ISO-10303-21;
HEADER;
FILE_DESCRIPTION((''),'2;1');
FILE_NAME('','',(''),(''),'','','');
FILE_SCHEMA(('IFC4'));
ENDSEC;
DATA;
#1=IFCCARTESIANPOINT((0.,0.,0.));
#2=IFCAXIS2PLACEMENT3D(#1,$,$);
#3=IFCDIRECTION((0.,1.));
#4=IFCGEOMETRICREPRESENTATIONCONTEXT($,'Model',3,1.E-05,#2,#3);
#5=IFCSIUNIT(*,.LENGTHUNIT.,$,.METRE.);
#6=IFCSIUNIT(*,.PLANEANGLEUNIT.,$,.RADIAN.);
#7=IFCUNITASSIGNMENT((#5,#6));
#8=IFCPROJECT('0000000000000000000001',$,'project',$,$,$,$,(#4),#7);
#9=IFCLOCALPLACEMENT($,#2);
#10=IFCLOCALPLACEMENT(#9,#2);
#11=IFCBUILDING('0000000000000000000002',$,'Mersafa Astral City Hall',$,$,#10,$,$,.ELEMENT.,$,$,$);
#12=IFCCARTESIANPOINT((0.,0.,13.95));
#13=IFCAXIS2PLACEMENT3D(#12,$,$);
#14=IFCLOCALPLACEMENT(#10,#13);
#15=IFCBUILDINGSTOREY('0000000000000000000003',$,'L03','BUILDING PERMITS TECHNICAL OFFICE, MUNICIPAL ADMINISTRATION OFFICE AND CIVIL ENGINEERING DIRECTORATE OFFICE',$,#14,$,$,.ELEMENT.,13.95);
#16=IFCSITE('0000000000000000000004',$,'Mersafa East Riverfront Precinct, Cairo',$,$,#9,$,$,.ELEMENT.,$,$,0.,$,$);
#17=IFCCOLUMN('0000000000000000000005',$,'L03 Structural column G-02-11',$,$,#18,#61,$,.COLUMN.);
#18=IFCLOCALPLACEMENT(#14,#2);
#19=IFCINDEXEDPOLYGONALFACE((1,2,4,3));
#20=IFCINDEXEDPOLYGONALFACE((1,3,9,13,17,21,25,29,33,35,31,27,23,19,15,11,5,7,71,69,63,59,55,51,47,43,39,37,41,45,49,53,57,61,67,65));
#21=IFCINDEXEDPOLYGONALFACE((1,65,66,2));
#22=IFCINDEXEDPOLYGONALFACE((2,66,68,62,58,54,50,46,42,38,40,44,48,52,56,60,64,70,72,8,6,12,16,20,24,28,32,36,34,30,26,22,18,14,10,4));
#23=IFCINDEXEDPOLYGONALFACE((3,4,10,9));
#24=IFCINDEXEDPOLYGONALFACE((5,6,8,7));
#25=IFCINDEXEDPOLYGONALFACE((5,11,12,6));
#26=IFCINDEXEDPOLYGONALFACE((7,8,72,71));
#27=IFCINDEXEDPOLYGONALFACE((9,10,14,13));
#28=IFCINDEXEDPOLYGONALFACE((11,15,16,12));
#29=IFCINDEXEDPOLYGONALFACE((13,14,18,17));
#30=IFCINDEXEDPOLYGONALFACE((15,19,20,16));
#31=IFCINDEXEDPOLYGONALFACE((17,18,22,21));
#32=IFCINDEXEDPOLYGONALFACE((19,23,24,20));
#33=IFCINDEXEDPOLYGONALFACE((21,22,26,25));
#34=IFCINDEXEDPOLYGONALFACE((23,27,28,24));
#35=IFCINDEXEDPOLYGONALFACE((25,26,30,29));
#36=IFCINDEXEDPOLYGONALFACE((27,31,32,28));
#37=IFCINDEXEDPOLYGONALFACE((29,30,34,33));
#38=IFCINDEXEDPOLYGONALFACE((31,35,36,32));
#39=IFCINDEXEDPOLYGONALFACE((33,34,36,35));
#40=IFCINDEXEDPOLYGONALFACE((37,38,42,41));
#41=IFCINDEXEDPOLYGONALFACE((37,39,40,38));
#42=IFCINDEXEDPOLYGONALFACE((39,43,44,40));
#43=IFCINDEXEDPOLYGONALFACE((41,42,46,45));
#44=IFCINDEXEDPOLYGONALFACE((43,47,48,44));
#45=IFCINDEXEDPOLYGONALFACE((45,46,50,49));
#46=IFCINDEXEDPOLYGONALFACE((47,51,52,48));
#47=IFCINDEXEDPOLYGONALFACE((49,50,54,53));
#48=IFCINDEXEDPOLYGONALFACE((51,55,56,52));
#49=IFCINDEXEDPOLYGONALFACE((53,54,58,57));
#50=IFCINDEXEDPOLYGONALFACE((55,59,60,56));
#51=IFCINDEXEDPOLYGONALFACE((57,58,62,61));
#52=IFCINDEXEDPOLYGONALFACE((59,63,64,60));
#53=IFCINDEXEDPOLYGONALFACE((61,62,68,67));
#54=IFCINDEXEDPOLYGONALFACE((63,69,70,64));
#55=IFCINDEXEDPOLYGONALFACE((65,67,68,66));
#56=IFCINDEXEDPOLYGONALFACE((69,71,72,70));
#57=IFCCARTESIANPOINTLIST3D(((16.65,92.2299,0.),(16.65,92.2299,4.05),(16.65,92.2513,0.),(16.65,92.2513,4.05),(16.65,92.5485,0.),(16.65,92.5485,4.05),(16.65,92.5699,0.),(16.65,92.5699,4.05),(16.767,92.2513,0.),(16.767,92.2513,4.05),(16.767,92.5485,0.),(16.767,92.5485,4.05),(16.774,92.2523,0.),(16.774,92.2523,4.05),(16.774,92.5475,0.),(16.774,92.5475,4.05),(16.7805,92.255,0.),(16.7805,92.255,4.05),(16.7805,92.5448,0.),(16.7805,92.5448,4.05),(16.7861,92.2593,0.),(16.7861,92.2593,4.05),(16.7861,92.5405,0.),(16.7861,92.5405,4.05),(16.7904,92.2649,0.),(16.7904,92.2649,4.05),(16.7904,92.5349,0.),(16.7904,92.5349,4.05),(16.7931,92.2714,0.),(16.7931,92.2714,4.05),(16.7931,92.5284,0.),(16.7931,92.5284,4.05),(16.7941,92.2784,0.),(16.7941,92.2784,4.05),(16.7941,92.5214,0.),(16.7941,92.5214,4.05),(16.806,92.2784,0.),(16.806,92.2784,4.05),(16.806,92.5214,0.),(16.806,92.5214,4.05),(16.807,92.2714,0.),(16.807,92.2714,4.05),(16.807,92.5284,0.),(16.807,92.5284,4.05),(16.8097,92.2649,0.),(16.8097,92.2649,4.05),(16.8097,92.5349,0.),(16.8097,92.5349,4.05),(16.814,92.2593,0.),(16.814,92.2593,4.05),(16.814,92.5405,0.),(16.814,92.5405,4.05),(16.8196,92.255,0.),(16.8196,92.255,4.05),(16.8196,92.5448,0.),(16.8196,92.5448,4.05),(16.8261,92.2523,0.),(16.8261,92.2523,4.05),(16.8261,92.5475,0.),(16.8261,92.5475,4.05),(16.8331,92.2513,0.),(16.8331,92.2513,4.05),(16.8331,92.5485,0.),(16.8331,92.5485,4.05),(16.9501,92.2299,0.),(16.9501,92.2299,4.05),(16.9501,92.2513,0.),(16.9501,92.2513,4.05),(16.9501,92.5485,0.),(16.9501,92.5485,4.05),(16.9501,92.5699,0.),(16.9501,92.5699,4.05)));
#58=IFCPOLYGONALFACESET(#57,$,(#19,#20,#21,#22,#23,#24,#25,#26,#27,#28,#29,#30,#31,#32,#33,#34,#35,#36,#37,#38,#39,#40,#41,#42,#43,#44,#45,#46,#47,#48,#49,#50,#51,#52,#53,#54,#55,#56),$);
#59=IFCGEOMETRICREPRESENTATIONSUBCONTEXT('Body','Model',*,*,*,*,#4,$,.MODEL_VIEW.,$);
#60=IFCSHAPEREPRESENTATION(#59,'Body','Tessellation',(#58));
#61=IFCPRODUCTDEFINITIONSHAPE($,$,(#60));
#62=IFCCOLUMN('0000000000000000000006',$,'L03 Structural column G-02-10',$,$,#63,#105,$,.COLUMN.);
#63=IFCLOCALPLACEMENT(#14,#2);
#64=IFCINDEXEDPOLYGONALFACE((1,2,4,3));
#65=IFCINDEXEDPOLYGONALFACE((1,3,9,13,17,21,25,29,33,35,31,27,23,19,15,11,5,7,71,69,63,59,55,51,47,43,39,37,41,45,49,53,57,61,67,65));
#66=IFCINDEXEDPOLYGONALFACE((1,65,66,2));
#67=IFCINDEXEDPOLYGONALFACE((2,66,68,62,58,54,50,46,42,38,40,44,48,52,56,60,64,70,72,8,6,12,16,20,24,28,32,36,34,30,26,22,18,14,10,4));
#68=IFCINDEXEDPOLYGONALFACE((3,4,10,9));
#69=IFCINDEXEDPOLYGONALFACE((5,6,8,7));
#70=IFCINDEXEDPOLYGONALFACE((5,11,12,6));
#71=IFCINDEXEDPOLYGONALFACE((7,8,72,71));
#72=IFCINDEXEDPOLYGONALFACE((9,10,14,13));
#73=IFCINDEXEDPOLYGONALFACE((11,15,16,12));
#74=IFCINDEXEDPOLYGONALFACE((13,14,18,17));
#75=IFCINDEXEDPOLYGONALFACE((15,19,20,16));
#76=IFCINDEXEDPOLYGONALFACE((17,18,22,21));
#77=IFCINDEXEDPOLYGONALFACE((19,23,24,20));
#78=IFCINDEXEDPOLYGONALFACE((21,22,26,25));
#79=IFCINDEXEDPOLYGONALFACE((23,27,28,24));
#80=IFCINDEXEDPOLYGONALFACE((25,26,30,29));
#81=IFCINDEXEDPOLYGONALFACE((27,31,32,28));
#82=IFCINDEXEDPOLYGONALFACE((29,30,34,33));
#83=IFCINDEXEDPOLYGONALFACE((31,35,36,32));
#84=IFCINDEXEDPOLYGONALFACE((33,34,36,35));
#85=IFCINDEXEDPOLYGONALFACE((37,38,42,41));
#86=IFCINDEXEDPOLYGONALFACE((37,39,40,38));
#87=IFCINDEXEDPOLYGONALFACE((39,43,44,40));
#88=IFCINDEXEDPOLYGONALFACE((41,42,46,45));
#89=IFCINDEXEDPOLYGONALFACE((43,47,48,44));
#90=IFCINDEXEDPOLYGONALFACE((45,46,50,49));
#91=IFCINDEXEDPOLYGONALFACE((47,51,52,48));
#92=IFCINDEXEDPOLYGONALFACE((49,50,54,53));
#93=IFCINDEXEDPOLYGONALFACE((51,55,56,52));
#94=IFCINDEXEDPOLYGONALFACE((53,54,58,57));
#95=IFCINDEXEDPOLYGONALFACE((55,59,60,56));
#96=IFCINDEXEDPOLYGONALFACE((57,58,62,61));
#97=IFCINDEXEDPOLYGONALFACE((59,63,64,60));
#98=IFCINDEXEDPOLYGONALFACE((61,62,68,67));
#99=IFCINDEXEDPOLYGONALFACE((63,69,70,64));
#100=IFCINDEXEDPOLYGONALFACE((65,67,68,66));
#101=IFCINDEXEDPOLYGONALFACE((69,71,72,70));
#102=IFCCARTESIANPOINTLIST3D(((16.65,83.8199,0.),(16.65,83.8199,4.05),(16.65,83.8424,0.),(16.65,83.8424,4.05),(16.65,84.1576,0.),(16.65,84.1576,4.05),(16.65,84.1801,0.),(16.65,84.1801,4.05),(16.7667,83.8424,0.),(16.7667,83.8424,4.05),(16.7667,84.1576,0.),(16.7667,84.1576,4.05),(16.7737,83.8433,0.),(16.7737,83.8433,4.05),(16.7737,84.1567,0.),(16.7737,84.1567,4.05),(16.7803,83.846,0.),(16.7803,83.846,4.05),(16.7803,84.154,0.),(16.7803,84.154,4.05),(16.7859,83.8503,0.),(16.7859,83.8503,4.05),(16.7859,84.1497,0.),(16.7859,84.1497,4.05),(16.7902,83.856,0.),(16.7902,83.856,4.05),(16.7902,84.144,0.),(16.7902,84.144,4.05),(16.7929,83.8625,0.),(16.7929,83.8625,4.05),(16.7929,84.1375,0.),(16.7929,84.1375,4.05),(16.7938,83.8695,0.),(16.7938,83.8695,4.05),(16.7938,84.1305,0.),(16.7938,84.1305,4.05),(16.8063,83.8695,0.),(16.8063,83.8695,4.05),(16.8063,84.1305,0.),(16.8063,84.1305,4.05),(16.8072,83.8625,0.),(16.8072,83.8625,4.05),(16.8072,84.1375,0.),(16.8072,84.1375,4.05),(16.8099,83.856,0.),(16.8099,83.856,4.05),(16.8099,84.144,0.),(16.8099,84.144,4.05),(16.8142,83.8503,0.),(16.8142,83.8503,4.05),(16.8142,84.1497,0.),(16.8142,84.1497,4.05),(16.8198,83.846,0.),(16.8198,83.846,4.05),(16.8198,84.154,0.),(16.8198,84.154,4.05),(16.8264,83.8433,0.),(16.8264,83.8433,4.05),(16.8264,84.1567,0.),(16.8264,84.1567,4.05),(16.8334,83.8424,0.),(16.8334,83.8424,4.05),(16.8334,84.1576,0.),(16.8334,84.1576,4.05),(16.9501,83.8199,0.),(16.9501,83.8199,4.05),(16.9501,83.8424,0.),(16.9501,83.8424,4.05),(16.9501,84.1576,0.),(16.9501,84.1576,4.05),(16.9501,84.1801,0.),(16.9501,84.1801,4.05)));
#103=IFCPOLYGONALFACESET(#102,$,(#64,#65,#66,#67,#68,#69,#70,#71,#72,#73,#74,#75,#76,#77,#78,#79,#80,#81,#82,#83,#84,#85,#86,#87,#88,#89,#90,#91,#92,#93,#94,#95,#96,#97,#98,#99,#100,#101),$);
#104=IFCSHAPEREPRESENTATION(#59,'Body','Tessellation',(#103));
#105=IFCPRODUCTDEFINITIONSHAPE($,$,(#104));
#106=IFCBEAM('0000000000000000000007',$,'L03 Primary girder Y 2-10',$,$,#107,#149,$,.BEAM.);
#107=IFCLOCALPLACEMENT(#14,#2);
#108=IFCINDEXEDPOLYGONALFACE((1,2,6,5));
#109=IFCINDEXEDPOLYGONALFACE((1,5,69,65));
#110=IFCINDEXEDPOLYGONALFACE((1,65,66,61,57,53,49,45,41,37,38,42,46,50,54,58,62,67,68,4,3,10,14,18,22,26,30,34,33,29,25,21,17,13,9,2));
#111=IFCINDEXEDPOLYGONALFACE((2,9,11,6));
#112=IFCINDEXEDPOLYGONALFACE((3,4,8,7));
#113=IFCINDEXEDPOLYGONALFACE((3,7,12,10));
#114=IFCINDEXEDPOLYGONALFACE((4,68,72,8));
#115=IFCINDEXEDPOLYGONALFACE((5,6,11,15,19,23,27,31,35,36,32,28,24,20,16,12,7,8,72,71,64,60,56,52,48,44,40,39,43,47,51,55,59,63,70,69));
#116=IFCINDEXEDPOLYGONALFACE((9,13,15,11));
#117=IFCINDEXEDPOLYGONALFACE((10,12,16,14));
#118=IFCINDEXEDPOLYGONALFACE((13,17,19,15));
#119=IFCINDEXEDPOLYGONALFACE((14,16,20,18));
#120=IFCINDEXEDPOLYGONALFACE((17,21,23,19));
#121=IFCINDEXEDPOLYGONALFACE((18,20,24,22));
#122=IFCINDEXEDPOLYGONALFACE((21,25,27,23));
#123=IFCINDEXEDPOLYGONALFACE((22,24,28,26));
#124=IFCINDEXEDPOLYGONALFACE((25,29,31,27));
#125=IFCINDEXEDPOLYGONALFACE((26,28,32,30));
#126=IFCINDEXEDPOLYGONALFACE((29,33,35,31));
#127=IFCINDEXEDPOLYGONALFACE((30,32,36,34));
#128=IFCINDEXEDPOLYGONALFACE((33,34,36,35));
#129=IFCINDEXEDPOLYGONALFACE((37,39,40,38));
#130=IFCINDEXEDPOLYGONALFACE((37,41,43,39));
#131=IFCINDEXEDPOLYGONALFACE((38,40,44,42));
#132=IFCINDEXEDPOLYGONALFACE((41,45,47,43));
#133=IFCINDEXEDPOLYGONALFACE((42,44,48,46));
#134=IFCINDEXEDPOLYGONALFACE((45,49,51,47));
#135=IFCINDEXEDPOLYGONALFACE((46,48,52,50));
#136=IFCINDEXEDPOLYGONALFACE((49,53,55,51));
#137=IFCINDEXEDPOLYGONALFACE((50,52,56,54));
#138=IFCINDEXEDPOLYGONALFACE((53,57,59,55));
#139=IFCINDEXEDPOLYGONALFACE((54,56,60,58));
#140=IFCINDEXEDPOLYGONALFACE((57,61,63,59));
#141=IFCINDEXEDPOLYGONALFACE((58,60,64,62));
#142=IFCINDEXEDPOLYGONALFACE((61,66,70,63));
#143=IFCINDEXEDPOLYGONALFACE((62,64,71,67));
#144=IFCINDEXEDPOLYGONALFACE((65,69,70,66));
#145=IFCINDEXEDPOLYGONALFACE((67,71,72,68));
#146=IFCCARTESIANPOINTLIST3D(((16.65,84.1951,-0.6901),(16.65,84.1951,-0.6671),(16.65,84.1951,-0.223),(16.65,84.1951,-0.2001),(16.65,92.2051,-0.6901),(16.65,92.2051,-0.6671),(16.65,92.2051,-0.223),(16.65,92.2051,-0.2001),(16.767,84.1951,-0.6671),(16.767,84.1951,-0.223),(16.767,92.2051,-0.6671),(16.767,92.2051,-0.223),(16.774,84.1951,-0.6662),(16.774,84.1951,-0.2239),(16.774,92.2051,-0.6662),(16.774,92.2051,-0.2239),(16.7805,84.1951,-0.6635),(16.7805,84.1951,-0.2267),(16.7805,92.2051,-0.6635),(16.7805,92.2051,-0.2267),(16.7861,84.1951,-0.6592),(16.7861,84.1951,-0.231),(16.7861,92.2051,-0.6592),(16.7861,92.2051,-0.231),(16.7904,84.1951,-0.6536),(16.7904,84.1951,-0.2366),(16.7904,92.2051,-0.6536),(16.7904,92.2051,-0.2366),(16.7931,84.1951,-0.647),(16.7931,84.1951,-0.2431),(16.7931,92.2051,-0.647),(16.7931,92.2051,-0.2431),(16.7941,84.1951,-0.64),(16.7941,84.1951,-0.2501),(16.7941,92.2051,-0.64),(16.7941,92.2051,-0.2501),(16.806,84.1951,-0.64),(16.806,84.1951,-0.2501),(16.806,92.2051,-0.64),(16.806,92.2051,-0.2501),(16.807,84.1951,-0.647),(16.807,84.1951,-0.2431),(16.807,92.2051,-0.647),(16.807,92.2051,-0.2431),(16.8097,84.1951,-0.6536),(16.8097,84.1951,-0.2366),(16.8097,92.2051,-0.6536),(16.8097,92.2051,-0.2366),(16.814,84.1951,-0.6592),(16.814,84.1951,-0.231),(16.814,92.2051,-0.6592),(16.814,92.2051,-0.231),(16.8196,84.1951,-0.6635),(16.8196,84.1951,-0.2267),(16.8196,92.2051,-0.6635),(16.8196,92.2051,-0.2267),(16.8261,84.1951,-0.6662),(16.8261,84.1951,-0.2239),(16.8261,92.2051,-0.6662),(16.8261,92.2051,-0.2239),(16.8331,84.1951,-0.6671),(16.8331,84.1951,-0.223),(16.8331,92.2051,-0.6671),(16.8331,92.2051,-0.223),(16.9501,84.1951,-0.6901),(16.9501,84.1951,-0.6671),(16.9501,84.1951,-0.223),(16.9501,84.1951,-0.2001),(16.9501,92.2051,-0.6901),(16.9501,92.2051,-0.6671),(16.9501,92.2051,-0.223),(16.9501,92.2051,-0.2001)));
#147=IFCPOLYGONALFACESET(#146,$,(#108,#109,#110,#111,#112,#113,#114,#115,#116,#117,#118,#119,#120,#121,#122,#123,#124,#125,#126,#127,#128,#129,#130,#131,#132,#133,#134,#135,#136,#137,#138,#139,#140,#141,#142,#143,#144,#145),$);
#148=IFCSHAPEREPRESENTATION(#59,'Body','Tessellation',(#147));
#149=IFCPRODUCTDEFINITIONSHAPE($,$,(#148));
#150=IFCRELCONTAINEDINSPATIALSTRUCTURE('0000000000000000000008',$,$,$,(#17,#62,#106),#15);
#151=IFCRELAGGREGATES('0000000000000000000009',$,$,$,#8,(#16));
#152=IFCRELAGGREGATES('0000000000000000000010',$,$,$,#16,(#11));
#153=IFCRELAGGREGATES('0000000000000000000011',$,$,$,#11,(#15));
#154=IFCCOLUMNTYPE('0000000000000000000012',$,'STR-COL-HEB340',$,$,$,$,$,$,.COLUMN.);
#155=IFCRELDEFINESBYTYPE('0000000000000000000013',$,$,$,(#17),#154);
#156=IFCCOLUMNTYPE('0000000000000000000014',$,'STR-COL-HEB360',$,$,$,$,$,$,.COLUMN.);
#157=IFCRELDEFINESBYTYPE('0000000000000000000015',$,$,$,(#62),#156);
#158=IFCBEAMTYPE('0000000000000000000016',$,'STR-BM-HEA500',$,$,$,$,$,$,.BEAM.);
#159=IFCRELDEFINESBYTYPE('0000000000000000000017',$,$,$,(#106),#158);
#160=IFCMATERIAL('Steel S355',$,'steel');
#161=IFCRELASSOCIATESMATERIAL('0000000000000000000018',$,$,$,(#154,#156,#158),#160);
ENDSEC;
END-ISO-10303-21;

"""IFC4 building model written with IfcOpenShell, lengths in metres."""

from ifc_helpers import new_model, si_unit, direction, frame, origin, origin_2d, place, context, subcontext, project, spatial, i_section, extrude, material, material_profile, profile_set, type_object, element, save


model = new_model("IFC4")

# Units and contexts
model_context = context("Model", 3, precision=1e-05, world=origin(), true_north=direction((0.0, 1.0)))
body_context = subcontext(model_context, "Body", "Model", "MODEL_VIEW")
ifc_project = project(units=[si_unit("LENGTHUNIT", "METRE"), si_unit("PLANEANGLEUNIT", "RADIAN")], contexts=[model_context])

# Site, building, storey
site_placement = place(None, origin())
site = spatial("IfcSite", under=ifc_project, at=site_placement, Name="Mersafa East Riverfront Precinct, Cairo", CompositionType="ELEMENT", RefElevation=0.0)
building_placement = place(site_placement, origin())
building = spatial("IfcBuilding", under=site, at=building_placement, Name="Mersafa Astral City Hall", CompositionType="ELEMENT")
storey_placement = place(building_placement, frame((0.0, 0.0, 13.95)))
storey = spatial("IfcBuildingStorey", under=building, at=storey_placement, Name="L03", Description="BUILDING PERMITS TECHNICAL OFFICE, MUNICIPAL ADMINISTRATION OFFICE AND CIVIL ENGINEERING DIRECTORATE OFFICE", CompositionType="ELEMENT", Elevation=13.95)

# Columns
ifc_material_1 = material(Name="Steel S355", Category="steel")
ifc_material_profile_1 = material_profile(ifc_material_1, i_section(OverallWidth=0.3, OverallDepth=0.3401, WebThickness=0.012, FlangeThickness=0.0215, FilletRadius=0.0271, at=origin_2d()), Name="HEB 340")
ifc_profile_set_1 = profile_set([ifc_material_profile_1], Name="Steel S355")
column_type_1 = type_object("IfcColumnType", Name="STR-COL-HEB340", PredefinedType="COLUMN", material=ifc_profile_set_1)
column_1_placement = place(storey_placement, frame((16.8, 92.3999, 0.0), z_axis=(0.0, 0.0, 1.0), x_axis=(1.0, 0.0, 0.0)))
element("IfcColumn", 1, at=column_1_placement, inside=storey, type_object=column_type_1, Name="L03 Structural column G-02-11", PredefinedType="COLUMN", context=body_context, shape_type="SweptSolid", body=[
    extrude(i_section(OverallWidth=0.3, OverallDepth=0.3401, WebThickness=0.012, FlangeThickness=0.0215, FilletRadius=0.0271, at=origin_2d()), origin(), (0.0, 0.0, 1.0), 4.05),
])
ifc_material_profile_2 = material_profile(ifc_material_1, i_section(OverallWidth=0.3, OverallDepth=0.3601, WebThickness=0.0125, FlangeThickness=0.0225, FilletRadius=0.0271, at=origin_2d()), Name="HEB 360")
ifc_profile_set_2 = profile_set([ifc_material_profile_2], Name="Steel S355")
column_type_2 = type_object("IfcColumnType", Name="STR-COL-HEB360", PredefinedType="COLUMN", material=ifc_profile_set_2)
column_2_placement = place(storey_placement, frame((16.8, 84.0, 0.0), z_axis=(0.0, 0.0, 1.0), x_axis=(1.0, 0.0, 0.0)))
element("IfcColumn", 2, at=column_2_placement, inside=storey, type_object=column_type_2, Name="L03 Structural column G-02-10", PredefinedType="COLUMN", context=body_context, shape_type="SweptSolid", body=[
    extrude(i_section(OverallWidth=0.3, OverallDepth=0.3601, WebThickness=0.0125, FlangeThickness=0.0225, FilletRadius=0.0271, at=origin_2d()), origin(), (0.0, 0.0, 1.0), 4.05),
])

# Beam
ifc_material_profile_3 = material_profile(ifc_material_1, i_section(OverallWidth=0.3, OverallDepth=0.49, WebThickness=0.012, FlangeThickness=0.0229, FilletRadius=0.0271, at=origin_2d()), Name="HEA 500")
ifc_profile_set_3 = profile_set([ifc_material_profile_3], Name="Steel S355")
beam_type_1 = type_object("IfcBeamType", Name="STR-BM-HEA500", PredefinedType="BEAM", material=ifc_profile_set_3)
beam_1_placement = place(storey_placement, frame((16.8, 84.1951, -0.4451), z_axis=(0.0, 1.0, 0.0), x_axis=(-1.0, 0.0, 0.0)))
element("IfcBeam", 3, at=beam_1_placement, inside=storey, type_object=beam_type_1, Name="L03 Primary girder Y 2-10", PredefinedType="BEAM", context=body_context, shape_type="SweptSolid", body=[
    extrude(i_section(OverallWidth=0.3, OverallDepth=0.49, WebThickness=0.012, FlangeThickness=0.0229, FilletRadius=0.0271, at=origin_2d()), origin(), (0.0, 0.0, 1.0), 8.01),
])

save(model, "model.ifc")
